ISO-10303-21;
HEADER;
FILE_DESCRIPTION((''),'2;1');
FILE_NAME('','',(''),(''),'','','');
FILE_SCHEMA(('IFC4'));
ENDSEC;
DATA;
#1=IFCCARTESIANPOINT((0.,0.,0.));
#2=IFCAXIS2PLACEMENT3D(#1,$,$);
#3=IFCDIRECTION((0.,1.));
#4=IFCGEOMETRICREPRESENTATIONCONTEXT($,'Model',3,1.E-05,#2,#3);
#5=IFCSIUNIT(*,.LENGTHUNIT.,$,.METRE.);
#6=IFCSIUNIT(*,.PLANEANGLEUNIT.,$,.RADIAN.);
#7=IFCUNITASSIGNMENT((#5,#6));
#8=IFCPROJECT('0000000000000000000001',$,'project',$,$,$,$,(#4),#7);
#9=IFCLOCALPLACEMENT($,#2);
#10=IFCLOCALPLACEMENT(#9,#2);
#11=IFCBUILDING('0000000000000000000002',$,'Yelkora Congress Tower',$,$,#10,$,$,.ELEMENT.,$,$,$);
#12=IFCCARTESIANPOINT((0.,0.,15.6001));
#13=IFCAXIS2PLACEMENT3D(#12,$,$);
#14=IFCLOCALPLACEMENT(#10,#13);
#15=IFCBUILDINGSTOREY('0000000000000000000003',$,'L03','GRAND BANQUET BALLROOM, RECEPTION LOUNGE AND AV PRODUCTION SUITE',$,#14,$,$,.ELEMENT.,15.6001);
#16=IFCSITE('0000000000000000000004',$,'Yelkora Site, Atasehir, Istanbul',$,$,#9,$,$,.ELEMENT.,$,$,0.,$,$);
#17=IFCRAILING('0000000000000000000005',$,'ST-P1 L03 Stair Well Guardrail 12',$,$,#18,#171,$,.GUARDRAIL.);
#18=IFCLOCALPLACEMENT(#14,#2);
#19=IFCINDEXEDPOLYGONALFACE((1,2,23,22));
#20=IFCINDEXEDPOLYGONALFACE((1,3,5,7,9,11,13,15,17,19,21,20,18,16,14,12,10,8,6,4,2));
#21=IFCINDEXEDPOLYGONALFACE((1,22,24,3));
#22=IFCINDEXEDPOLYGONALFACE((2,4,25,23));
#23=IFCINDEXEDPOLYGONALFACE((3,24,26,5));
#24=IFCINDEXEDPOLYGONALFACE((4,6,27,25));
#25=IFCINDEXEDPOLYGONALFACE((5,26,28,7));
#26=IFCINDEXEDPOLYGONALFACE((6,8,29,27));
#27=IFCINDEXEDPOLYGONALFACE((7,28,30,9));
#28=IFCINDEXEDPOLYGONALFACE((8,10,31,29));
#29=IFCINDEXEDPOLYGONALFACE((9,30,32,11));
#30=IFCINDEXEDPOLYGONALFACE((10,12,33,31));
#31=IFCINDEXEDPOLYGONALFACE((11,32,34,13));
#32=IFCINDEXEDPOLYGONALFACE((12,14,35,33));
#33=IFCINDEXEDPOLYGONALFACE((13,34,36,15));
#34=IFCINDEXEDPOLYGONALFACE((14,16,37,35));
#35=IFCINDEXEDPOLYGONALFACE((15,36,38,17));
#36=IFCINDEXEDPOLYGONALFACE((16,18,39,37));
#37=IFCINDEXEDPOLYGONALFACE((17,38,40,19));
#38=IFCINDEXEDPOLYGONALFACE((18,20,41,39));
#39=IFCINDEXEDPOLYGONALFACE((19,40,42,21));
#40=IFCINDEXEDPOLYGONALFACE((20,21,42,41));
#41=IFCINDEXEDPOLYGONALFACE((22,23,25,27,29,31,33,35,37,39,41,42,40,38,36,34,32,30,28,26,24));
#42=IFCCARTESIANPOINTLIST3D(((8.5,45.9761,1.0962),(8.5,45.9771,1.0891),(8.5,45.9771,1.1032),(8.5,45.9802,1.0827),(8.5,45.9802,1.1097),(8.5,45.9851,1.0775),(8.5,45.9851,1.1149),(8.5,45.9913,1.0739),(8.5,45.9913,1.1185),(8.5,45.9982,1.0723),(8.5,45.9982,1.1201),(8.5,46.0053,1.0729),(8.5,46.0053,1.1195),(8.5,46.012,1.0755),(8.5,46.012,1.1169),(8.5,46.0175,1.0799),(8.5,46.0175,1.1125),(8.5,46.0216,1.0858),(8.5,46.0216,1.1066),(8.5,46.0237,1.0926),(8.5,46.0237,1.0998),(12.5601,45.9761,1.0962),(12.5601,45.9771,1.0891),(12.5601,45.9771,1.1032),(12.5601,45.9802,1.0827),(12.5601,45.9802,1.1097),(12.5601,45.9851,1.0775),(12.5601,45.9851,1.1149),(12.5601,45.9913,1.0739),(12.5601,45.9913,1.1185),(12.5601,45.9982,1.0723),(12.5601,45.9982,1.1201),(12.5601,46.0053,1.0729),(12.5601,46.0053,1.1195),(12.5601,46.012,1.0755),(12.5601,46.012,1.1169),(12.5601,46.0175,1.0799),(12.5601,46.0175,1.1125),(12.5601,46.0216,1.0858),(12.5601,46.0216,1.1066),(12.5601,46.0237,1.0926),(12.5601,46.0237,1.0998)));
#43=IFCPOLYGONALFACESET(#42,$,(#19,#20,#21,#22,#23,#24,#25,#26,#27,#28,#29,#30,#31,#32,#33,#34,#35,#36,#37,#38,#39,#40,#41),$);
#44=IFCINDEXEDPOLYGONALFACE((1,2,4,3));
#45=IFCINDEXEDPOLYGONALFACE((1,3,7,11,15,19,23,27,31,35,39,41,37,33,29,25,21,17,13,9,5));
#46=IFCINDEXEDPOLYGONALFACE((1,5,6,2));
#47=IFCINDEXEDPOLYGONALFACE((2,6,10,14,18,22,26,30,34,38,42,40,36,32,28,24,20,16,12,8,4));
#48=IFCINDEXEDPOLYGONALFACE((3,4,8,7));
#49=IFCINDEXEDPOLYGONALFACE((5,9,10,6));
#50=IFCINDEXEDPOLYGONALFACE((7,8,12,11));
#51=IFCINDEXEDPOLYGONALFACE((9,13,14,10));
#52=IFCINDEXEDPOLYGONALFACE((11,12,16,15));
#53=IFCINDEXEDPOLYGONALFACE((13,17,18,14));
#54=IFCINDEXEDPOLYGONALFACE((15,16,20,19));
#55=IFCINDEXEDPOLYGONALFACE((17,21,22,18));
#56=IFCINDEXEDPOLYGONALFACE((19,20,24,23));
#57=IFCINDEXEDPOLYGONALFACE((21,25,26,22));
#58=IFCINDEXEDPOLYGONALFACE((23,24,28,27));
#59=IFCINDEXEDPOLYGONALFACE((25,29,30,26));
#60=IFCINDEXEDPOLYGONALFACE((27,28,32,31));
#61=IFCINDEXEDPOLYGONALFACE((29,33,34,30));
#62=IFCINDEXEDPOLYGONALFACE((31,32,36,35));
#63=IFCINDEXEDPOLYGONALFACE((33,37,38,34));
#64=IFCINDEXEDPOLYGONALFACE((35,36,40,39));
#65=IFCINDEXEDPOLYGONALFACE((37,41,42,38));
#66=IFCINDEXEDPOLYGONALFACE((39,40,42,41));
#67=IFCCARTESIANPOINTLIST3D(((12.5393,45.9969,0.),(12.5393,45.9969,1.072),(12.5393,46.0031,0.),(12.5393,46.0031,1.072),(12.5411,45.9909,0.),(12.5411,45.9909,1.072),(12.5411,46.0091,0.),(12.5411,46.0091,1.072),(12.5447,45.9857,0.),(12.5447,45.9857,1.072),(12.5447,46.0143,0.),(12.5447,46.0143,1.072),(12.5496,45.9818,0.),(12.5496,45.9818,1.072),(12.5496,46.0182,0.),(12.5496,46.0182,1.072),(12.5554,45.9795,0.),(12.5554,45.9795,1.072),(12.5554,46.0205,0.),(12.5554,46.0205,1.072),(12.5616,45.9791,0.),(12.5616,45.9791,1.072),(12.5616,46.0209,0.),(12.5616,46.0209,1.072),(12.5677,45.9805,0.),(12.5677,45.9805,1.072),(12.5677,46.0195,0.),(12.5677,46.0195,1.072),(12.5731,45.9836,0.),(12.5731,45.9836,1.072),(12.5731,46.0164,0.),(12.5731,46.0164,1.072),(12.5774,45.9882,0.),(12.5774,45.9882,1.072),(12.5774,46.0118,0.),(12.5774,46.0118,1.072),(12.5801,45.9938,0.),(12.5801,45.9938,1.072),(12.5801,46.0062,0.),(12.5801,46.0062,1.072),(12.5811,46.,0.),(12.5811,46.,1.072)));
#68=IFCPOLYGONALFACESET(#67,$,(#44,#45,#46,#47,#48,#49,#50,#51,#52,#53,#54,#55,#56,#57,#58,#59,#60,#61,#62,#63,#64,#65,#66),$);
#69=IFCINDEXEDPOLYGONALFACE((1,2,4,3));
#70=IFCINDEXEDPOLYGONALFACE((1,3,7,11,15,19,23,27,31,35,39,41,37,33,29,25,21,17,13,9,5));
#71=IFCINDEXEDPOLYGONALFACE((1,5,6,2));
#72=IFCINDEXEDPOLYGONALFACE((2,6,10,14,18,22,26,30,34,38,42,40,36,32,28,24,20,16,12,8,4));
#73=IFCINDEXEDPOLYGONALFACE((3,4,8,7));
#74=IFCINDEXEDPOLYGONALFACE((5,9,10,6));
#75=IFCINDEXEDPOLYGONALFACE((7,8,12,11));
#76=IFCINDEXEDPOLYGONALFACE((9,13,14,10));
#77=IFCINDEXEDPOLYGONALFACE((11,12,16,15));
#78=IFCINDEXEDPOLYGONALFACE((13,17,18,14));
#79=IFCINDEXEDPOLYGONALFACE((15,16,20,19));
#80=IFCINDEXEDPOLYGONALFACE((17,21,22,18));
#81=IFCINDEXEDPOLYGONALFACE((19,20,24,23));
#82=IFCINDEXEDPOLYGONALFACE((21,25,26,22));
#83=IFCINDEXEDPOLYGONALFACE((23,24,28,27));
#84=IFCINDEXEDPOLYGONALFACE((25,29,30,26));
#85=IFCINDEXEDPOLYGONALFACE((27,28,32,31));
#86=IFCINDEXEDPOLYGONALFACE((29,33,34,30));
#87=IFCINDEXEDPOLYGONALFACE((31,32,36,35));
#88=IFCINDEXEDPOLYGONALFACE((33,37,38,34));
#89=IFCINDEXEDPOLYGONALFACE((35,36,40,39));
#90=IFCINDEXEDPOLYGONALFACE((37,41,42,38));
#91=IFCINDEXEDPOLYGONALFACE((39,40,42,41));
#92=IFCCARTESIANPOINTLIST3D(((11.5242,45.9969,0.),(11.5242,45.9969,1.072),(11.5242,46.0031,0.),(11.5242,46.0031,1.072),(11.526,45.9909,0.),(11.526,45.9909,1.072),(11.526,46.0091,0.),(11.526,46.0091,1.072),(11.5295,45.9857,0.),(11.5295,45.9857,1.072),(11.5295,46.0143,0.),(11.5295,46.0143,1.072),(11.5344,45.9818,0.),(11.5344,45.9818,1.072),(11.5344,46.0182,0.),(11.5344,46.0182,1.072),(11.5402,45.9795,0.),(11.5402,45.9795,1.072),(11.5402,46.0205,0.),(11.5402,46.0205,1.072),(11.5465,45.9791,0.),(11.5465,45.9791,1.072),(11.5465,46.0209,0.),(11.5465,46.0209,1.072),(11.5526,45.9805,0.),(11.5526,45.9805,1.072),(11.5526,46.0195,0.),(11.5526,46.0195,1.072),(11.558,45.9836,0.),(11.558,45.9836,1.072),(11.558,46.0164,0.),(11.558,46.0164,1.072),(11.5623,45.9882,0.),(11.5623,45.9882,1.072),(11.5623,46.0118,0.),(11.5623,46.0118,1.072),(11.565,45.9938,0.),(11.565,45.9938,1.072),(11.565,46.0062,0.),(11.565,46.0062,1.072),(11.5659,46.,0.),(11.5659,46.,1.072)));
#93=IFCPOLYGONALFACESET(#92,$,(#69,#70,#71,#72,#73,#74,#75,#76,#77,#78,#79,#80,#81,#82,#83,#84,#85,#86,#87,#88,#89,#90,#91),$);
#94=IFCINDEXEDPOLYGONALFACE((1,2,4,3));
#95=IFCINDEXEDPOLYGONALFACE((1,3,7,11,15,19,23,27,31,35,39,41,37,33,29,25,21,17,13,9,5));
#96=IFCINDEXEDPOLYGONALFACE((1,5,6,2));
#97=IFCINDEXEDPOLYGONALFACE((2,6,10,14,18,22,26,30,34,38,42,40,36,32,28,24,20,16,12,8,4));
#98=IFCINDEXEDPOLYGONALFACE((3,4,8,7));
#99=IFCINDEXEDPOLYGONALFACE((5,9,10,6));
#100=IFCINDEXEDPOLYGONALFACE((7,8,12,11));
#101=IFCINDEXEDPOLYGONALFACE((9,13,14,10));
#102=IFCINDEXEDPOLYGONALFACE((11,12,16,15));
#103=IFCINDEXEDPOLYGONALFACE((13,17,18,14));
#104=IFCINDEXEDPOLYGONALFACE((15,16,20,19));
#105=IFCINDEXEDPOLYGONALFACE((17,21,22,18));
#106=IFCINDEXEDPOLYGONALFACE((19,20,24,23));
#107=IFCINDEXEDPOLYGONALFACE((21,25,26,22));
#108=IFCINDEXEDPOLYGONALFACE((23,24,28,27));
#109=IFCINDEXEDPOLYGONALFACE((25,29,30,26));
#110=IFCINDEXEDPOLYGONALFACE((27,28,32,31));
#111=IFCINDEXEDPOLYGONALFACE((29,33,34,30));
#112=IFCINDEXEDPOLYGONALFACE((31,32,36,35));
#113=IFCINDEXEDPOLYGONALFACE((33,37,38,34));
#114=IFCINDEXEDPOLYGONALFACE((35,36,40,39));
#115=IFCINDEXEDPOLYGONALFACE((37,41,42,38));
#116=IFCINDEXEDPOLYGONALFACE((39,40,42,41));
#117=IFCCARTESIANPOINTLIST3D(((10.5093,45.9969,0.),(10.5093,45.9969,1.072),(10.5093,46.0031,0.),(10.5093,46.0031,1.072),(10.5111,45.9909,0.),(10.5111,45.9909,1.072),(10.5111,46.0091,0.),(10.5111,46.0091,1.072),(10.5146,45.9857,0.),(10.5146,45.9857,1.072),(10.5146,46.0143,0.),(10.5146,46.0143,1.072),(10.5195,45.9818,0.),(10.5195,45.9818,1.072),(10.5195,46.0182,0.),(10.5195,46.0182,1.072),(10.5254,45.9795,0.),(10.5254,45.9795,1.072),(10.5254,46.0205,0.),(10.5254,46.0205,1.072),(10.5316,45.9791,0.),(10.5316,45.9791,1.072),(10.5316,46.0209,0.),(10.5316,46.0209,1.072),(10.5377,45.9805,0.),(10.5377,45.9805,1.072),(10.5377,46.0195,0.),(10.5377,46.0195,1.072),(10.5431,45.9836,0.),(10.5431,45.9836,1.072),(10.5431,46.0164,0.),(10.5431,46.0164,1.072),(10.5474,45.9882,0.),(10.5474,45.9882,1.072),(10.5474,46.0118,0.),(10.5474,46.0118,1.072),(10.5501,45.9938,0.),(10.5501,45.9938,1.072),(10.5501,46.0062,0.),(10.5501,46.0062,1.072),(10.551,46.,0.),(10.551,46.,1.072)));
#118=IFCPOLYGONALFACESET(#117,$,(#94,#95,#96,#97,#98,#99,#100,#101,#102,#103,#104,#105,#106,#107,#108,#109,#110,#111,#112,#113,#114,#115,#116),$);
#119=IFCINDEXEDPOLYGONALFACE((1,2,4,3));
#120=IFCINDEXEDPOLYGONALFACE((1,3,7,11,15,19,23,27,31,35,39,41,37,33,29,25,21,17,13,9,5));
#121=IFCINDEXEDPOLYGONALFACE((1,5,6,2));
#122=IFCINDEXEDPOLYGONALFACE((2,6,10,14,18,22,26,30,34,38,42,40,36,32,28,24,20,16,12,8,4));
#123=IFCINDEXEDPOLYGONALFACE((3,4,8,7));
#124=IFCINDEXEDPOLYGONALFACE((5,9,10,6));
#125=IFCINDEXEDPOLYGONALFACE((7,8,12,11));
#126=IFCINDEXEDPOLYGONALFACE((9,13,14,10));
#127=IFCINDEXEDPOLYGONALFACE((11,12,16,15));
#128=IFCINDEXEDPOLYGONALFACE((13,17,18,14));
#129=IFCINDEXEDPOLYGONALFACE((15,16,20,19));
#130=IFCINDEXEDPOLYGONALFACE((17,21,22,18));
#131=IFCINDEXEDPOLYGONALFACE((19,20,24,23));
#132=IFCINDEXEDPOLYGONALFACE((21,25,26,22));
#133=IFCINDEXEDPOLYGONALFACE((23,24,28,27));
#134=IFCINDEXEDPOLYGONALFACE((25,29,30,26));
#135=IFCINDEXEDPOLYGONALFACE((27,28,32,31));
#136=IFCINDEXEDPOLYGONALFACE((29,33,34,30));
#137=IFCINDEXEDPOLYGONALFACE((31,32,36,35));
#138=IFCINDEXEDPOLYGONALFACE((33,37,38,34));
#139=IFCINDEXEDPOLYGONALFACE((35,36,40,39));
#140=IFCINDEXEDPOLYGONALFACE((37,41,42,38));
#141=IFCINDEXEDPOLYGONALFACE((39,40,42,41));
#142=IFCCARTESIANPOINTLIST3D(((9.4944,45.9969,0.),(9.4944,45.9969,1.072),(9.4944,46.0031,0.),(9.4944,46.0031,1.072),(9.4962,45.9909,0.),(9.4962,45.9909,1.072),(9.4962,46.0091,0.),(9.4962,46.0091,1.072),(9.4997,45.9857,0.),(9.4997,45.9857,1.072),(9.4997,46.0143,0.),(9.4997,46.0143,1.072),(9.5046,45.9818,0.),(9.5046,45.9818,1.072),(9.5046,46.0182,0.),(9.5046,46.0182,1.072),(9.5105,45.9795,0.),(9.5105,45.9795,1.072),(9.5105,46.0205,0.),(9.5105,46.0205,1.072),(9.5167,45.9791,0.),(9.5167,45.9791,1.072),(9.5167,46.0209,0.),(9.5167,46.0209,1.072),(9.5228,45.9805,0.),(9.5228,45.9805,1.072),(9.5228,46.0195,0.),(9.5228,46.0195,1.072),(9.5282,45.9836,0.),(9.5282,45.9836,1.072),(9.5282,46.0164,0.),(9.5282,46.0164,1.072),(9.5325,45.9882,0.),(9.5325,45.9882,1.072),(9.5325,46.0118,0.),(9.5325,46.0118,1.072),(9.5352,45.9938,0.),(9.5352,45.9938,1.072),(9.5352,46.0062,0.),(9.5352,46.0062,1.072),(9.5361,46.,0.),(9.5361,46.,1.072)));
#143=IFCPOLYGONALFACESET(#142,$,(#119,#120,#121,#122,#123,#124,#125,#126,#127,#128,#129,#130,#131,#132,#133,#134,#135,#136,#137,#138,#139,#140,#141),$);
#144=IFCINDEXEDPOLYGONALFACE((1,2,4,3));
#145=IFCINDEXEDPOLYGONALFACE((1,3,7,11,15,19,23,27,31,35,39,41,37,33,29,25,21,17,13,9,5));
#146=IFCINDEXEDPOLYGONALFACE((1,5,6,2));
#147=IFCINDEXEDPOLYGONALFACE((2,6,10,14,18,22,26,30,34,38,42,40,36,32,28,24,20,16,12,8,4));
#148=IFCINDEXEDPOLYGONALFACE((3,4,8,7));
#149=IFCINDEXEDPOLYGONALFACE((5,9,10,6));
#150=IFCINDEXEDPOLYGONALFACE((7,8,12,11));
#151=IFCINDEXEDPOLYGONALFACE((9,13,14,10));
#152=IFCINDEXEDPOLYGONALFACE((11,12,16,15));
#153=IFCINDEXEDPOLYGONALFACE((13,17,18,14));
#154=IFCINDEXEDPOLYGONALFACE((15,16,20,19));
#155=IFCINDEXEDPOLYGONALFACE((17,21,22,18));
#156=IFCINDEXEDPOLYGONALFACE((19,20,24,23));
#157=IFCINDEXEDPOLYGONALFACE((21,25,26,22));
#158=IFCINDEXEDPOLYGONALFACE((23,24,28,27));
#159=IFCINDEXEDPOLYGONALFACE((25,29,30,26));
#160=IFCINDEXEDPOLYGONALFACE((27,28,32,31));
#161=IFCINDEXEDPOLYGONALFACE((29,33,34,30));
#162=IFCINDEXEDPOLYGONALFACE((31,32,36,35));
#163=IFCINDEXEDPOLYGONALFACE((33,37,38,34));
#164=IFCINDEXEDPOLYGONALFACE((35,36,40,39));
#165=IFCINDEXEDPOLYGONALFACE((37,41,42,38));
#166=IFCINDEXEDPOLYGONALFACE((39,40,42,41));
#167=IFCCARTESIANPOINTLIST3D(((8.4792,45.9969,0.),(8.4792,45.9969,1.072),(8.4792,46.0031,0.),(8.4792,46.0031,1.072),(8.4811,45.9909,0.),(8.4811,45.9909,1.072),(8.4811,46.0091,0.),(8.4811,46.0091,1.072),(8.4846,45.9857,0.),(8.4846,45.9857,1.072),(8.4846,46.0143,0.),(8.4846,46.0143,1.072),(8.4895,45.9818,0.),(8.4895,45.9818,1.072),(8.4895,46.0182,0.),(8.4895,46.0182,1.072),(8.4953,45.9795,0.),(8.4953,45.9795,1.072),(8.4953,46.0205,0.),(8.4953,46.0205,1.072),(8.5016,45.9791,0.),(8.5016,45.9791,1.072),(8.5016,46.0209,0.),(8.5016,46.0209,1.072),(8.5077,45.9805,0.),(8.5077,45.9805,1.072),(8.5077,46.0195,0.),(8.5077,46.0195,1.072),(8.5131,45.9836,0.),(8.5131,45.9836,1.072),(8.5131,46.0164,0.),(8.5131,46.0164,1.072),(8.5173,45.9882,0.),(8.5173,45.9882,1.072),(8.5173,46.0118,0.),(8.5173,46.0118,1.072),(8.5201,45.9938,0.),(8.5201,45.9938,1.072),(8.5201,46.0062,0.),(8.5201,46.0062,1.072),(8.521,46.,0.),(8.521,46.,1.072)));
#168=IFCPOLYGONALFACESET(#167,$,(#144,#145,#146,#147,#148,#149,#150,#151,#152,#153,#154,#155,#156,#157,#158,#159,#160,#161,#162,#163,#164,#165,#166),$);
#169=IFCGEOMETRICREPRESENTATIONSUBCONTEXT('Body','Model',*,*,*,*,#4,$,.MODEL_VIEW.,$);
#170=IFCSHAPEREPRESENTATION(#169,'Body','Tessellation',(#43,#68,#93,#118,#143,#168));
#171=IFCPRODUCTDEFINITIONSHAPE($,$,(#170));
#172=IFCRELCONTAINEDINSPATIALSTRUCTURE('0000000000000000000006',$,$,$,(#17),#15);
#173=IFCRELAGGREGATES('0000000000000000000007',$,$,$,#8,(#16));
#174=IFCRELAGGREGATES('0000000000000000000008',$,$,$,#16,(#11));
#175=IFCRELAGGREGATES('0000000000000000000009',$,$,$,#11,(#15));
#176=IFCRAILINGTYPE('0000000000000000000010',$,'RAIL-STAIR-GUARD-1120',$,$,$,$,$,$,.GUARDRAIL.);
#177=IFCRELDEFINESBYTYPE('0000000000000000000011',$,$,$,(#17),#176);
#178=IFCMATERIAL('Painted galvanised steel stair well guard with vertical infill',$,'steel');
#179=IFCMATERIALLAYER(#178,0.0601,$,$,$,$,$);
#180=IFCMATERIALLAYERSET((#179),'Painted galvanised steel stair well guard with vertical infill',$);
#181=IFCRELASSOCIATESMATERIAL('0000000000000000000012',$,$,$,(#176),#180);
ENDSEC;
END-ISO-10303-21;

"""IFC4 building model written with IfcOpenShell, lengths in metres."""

from ifc_helpers import new_model, si_unit, direction, frame, origin, origin_2d, place, context, subcontext, project, spatial, circle, extrude, material, layer, layer_set, type_object, element, save


model = new_model("IFC4")

# Units and contexts
model_context = context("Model", 3, precision=1e-05, world=origin(), true_north=direction((0.0, 1.0)))
body_context = subcontext(model_context, "Body", "Model", "MODEL_VIEW")
ifc_project = project(units=[si_unit("LENGTHUNIT", "METRE"), si_unit("PLANEANGLEUNIT", "RADIAN")], contexts=[model_context])

# Site, building, storey
site_placement = place(None, origin())
site = spatial("IfcSite", under=ifc_project, at=site_placement, Name="Yelkora Site, Atasehir, Istanbul", CompositionType="ELEMENT", RefElevation=0.0)
building_placement = place(site_placement, origin())
building = spatial("IfcBuilding", under=site, at=building_placement, Name="Yelkora Congress Tower", CompositionType="ELEMENT")
storey_placement = place(building_placement, frame((0.0, 0.0, 15.6001)))
storey = spatial("IfcBuildingStorey", under=building, at=storey_placement, Name="L03", Description="GRAND BANQUET BALLROOM, RECEPTION LOUNGE AND AV PRODUCTION SUITE", CompositionType="ELEMENT", Elevation=15.6001)

# Railing
ifc_material_1 = material(Name="Painted galvanised steel stair well guard with vertical infill", Category="steel")
ifc_layer_1 = layer(ifc_material_1, 0.0601)
ifc_layer_set_1 = layer_set([ifc_layer_1], Name="Painted galvanised steel stair well guard with vertical infill")
railing_type_1 = type_object("IfcRailingType", Name="RAIL-STAIR-GUARD-1120", PredefinedType="GUARDRAIL", material=ifc_layer_set_1)
railing_1_placement = place(storey_placement, frame((12.5601, 46.0, 0.0)))
element("IfcRailing", 1, at=railing_1_placement, inside=storey, type_object=railing_type_1, Name="ST-P1 L03 Stair Well Guardrail 12", PredefinedType="GUARDRAIL", context=body_context, shape_type="SweptSolid", body=[
    extrude(circle(Radius=0.0239, at=origin_2d()), frame((0.0, 0.0, 1.0962), z_axis=(-1.0, 0.0, 0.0), x_axis=(0.0, -1.0, 0.0)), (0.0, 0.0, 1.0), 4.0601),
    extrude(circle(Radius=0.021, at=origin_2d()), origin(), (0.0, 0.0, 1.0), 1.072),
    extrude(circle(Radius=0.021, at=origin_2d()), frame((-1.0151, 0.0, 0.0)), (0.0, 0.0, 1.0), 1.072),
    extrude(circle(Radius=0.021, at=origin_2d()), frame((-2.03, 0.0, 0.0)), (0.0, 0.0, 1.0), 1.072),
    extrude(circle(Radius=0.021, at=origin_2d()), frame((-3.0449, 0.0, 0.0)), (0.0, 0.0, 1.0), 1.072),
    extrude(circle(Radius=0.021, at=origin_2d()), frame((-4.0601, 0.0, 0.0)), (0.0, 0.0, 1.0), 1.072),
])

save(model, "model.ifc")
